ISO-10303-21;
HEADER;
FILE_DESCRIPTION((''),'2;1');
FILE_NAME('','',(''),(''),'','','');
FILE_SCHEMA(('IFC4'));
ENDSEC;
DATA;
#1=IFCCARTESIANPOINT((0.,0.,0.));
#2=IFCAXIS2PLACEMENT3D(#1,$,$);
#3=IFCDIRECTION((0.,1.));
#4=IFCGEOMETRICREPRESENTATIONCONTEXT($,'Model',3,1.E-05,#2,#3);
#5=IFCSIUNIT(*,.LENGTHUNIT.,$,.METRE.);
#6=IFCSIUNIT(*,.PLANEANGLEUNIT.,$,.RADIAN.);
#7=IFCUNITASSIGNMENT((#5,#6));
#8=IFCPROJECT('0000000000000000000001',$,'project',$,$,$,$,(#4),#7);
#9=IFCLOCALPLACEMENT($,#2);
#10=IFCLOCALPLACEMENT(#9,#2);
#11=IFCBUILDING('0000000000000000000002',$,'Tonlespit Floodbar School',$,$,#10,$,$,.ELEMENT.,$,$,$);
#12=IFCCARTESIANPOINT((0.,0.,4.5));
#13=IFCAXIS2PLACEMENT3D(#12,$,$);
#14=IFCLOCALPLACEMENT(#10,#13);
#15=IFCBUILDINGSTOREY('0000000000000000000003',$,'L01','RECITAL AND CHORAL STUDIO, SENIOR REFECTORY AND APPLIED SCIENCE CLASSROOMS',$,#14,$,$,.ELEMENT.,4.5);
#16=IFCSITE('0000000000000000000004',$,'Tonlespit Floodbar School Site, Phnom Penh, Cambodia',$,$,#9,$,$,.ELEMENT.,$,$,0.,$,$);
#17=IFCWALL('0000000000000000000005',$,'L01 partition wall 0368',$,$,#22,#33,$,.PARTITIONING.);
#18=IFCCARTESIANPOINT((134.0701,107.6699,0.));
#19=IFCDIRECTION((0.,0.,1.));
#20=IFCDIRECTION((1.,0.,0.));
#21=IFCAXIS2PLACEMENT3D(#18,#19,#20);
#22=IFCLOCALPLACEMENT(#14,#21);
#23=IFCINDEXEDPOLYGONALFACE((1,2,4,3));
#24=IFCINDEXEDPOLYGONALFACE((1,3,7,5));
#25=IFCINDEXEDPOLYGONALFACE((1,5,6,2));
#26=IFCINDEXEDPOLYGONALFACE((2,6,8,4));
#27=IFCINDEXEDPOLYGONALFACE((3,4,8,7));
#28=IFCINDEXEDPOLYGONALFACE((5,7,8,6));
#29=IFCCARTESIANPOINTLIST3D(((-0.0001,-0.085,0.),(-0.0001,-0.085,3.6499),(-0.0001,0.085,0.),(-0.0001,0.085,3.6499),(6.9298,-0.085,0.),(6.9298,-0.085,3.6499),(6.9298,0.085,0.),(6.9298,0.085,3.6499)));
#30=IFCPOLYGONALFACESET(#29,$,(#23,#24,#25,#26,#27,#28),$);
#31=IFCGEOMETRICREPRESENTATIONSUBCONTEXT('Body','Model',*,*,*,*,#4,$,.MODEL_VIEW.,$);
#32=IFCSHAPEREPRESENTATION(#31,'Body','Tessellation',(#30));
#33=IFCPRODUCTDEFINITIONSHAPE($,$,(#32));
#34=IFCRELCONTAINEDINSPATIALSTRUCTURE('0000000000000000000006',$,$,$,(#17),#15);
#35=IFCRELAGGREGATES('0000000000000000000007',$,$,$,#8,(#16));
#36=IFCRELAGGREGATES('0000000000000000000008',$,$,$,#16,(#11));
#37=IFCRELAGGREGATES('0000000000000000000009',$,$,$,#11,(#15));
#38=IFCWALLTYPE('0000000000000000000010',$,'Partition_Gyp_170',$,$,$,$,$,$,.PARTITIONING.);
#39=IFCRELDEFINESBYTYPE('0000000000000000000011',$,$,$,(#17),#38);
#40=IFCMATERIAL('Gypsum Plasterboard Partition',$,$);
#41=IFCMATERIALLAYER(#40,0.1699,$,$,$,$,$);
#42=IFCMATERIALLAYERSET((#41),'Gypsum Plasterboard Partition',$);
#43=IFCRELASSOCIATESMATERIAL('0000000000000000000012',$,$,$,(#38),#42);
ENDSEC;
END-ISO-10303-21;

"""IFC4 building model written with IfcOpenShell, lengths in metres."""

from ifc_helpers import new_model, si_unit, direction, frame, frame_2d, origin, place, context, subcontext, project, spatial, rectangle, extrude, material, layer, layer_set, type_object, element, save


model = new_model("IFC4")

# Units and contexts
model_context = context("Model", 3, precision=1e-05, world=origin(), true_north=direction((0.0, 1.0)))
body_context = subcontext(model_context, "Body", "Model", "MODEL_VIEW")
ifc_project = project(units=[si_unit("LENGTHUNIT", "METRE"), si_unit("PLANEANGLEUNIT", "RADIAN")], contexts=[model_context])

# Site, building, storey
site_placement = place(None, origin())
site = spatial("IfcSite", under=ifc_project, at=site_placement, Name="Tonlespit Floodbar School Site, Phnom Penh, Cambodia", CompositionType="ELEMENT", RefElevation=0.0)
building_placement = place(site_placement, origin())
building = spatial("IfcBuilding", under=site, at=building_placement, Name="Tonlespit Floodbar School", CompositionType="ELEMENT")
storey_placement = place(building_placement, frame((0.0, 0.0, 4.5)))
storey = spatial("IfcBuildingStorey", under=building, at=storey_placement, Name="L01", Description="RECITAL AND CHORAL STUDIO, SENIOR REFECTORY AND APPLIED SCIENCE CLASSROOMS", CompositionType="ELEMENT", Elevation=4.5)

# Wall
ifc_material_1 = material(Name="Gypsum Plasterboard Partition")
ifc_layer_1 = layer(ifc_material_1, 0.1699)
ifc_layer_set_1 = layer_set([ifc_layer_1], Name="Gypsum Plasterboard Partition")
wall_type_1 = type_object("IfcWallType", Name="Partition_Gyp_170", PredefinedType="PARTITIONING", material=ifc_layer_set_1)
wall_1_placement = place(storey_placement, frame((134.0701, 107.6699, 0.0), z_axis=(0.0, 0.0, 1.0), x_axis=(1.0, 0.0, 0.0)))
element("IfcWall", 1, at=wall_1_placement, inside=storey, type_object=wall_type_1, Name="L01 partition wall 0368", PredefinedType="PARTITIONING", context=body_context, shape_type="SweptSolid", body=[
    extrude(rectangle(XDim=6.9299, YDim=0.1699, at=frame_2d((3.4648, 0.0))), origin(), (0.0, 0.0, 1.0), 3.6499),
])

save(model, "model.ifc")
